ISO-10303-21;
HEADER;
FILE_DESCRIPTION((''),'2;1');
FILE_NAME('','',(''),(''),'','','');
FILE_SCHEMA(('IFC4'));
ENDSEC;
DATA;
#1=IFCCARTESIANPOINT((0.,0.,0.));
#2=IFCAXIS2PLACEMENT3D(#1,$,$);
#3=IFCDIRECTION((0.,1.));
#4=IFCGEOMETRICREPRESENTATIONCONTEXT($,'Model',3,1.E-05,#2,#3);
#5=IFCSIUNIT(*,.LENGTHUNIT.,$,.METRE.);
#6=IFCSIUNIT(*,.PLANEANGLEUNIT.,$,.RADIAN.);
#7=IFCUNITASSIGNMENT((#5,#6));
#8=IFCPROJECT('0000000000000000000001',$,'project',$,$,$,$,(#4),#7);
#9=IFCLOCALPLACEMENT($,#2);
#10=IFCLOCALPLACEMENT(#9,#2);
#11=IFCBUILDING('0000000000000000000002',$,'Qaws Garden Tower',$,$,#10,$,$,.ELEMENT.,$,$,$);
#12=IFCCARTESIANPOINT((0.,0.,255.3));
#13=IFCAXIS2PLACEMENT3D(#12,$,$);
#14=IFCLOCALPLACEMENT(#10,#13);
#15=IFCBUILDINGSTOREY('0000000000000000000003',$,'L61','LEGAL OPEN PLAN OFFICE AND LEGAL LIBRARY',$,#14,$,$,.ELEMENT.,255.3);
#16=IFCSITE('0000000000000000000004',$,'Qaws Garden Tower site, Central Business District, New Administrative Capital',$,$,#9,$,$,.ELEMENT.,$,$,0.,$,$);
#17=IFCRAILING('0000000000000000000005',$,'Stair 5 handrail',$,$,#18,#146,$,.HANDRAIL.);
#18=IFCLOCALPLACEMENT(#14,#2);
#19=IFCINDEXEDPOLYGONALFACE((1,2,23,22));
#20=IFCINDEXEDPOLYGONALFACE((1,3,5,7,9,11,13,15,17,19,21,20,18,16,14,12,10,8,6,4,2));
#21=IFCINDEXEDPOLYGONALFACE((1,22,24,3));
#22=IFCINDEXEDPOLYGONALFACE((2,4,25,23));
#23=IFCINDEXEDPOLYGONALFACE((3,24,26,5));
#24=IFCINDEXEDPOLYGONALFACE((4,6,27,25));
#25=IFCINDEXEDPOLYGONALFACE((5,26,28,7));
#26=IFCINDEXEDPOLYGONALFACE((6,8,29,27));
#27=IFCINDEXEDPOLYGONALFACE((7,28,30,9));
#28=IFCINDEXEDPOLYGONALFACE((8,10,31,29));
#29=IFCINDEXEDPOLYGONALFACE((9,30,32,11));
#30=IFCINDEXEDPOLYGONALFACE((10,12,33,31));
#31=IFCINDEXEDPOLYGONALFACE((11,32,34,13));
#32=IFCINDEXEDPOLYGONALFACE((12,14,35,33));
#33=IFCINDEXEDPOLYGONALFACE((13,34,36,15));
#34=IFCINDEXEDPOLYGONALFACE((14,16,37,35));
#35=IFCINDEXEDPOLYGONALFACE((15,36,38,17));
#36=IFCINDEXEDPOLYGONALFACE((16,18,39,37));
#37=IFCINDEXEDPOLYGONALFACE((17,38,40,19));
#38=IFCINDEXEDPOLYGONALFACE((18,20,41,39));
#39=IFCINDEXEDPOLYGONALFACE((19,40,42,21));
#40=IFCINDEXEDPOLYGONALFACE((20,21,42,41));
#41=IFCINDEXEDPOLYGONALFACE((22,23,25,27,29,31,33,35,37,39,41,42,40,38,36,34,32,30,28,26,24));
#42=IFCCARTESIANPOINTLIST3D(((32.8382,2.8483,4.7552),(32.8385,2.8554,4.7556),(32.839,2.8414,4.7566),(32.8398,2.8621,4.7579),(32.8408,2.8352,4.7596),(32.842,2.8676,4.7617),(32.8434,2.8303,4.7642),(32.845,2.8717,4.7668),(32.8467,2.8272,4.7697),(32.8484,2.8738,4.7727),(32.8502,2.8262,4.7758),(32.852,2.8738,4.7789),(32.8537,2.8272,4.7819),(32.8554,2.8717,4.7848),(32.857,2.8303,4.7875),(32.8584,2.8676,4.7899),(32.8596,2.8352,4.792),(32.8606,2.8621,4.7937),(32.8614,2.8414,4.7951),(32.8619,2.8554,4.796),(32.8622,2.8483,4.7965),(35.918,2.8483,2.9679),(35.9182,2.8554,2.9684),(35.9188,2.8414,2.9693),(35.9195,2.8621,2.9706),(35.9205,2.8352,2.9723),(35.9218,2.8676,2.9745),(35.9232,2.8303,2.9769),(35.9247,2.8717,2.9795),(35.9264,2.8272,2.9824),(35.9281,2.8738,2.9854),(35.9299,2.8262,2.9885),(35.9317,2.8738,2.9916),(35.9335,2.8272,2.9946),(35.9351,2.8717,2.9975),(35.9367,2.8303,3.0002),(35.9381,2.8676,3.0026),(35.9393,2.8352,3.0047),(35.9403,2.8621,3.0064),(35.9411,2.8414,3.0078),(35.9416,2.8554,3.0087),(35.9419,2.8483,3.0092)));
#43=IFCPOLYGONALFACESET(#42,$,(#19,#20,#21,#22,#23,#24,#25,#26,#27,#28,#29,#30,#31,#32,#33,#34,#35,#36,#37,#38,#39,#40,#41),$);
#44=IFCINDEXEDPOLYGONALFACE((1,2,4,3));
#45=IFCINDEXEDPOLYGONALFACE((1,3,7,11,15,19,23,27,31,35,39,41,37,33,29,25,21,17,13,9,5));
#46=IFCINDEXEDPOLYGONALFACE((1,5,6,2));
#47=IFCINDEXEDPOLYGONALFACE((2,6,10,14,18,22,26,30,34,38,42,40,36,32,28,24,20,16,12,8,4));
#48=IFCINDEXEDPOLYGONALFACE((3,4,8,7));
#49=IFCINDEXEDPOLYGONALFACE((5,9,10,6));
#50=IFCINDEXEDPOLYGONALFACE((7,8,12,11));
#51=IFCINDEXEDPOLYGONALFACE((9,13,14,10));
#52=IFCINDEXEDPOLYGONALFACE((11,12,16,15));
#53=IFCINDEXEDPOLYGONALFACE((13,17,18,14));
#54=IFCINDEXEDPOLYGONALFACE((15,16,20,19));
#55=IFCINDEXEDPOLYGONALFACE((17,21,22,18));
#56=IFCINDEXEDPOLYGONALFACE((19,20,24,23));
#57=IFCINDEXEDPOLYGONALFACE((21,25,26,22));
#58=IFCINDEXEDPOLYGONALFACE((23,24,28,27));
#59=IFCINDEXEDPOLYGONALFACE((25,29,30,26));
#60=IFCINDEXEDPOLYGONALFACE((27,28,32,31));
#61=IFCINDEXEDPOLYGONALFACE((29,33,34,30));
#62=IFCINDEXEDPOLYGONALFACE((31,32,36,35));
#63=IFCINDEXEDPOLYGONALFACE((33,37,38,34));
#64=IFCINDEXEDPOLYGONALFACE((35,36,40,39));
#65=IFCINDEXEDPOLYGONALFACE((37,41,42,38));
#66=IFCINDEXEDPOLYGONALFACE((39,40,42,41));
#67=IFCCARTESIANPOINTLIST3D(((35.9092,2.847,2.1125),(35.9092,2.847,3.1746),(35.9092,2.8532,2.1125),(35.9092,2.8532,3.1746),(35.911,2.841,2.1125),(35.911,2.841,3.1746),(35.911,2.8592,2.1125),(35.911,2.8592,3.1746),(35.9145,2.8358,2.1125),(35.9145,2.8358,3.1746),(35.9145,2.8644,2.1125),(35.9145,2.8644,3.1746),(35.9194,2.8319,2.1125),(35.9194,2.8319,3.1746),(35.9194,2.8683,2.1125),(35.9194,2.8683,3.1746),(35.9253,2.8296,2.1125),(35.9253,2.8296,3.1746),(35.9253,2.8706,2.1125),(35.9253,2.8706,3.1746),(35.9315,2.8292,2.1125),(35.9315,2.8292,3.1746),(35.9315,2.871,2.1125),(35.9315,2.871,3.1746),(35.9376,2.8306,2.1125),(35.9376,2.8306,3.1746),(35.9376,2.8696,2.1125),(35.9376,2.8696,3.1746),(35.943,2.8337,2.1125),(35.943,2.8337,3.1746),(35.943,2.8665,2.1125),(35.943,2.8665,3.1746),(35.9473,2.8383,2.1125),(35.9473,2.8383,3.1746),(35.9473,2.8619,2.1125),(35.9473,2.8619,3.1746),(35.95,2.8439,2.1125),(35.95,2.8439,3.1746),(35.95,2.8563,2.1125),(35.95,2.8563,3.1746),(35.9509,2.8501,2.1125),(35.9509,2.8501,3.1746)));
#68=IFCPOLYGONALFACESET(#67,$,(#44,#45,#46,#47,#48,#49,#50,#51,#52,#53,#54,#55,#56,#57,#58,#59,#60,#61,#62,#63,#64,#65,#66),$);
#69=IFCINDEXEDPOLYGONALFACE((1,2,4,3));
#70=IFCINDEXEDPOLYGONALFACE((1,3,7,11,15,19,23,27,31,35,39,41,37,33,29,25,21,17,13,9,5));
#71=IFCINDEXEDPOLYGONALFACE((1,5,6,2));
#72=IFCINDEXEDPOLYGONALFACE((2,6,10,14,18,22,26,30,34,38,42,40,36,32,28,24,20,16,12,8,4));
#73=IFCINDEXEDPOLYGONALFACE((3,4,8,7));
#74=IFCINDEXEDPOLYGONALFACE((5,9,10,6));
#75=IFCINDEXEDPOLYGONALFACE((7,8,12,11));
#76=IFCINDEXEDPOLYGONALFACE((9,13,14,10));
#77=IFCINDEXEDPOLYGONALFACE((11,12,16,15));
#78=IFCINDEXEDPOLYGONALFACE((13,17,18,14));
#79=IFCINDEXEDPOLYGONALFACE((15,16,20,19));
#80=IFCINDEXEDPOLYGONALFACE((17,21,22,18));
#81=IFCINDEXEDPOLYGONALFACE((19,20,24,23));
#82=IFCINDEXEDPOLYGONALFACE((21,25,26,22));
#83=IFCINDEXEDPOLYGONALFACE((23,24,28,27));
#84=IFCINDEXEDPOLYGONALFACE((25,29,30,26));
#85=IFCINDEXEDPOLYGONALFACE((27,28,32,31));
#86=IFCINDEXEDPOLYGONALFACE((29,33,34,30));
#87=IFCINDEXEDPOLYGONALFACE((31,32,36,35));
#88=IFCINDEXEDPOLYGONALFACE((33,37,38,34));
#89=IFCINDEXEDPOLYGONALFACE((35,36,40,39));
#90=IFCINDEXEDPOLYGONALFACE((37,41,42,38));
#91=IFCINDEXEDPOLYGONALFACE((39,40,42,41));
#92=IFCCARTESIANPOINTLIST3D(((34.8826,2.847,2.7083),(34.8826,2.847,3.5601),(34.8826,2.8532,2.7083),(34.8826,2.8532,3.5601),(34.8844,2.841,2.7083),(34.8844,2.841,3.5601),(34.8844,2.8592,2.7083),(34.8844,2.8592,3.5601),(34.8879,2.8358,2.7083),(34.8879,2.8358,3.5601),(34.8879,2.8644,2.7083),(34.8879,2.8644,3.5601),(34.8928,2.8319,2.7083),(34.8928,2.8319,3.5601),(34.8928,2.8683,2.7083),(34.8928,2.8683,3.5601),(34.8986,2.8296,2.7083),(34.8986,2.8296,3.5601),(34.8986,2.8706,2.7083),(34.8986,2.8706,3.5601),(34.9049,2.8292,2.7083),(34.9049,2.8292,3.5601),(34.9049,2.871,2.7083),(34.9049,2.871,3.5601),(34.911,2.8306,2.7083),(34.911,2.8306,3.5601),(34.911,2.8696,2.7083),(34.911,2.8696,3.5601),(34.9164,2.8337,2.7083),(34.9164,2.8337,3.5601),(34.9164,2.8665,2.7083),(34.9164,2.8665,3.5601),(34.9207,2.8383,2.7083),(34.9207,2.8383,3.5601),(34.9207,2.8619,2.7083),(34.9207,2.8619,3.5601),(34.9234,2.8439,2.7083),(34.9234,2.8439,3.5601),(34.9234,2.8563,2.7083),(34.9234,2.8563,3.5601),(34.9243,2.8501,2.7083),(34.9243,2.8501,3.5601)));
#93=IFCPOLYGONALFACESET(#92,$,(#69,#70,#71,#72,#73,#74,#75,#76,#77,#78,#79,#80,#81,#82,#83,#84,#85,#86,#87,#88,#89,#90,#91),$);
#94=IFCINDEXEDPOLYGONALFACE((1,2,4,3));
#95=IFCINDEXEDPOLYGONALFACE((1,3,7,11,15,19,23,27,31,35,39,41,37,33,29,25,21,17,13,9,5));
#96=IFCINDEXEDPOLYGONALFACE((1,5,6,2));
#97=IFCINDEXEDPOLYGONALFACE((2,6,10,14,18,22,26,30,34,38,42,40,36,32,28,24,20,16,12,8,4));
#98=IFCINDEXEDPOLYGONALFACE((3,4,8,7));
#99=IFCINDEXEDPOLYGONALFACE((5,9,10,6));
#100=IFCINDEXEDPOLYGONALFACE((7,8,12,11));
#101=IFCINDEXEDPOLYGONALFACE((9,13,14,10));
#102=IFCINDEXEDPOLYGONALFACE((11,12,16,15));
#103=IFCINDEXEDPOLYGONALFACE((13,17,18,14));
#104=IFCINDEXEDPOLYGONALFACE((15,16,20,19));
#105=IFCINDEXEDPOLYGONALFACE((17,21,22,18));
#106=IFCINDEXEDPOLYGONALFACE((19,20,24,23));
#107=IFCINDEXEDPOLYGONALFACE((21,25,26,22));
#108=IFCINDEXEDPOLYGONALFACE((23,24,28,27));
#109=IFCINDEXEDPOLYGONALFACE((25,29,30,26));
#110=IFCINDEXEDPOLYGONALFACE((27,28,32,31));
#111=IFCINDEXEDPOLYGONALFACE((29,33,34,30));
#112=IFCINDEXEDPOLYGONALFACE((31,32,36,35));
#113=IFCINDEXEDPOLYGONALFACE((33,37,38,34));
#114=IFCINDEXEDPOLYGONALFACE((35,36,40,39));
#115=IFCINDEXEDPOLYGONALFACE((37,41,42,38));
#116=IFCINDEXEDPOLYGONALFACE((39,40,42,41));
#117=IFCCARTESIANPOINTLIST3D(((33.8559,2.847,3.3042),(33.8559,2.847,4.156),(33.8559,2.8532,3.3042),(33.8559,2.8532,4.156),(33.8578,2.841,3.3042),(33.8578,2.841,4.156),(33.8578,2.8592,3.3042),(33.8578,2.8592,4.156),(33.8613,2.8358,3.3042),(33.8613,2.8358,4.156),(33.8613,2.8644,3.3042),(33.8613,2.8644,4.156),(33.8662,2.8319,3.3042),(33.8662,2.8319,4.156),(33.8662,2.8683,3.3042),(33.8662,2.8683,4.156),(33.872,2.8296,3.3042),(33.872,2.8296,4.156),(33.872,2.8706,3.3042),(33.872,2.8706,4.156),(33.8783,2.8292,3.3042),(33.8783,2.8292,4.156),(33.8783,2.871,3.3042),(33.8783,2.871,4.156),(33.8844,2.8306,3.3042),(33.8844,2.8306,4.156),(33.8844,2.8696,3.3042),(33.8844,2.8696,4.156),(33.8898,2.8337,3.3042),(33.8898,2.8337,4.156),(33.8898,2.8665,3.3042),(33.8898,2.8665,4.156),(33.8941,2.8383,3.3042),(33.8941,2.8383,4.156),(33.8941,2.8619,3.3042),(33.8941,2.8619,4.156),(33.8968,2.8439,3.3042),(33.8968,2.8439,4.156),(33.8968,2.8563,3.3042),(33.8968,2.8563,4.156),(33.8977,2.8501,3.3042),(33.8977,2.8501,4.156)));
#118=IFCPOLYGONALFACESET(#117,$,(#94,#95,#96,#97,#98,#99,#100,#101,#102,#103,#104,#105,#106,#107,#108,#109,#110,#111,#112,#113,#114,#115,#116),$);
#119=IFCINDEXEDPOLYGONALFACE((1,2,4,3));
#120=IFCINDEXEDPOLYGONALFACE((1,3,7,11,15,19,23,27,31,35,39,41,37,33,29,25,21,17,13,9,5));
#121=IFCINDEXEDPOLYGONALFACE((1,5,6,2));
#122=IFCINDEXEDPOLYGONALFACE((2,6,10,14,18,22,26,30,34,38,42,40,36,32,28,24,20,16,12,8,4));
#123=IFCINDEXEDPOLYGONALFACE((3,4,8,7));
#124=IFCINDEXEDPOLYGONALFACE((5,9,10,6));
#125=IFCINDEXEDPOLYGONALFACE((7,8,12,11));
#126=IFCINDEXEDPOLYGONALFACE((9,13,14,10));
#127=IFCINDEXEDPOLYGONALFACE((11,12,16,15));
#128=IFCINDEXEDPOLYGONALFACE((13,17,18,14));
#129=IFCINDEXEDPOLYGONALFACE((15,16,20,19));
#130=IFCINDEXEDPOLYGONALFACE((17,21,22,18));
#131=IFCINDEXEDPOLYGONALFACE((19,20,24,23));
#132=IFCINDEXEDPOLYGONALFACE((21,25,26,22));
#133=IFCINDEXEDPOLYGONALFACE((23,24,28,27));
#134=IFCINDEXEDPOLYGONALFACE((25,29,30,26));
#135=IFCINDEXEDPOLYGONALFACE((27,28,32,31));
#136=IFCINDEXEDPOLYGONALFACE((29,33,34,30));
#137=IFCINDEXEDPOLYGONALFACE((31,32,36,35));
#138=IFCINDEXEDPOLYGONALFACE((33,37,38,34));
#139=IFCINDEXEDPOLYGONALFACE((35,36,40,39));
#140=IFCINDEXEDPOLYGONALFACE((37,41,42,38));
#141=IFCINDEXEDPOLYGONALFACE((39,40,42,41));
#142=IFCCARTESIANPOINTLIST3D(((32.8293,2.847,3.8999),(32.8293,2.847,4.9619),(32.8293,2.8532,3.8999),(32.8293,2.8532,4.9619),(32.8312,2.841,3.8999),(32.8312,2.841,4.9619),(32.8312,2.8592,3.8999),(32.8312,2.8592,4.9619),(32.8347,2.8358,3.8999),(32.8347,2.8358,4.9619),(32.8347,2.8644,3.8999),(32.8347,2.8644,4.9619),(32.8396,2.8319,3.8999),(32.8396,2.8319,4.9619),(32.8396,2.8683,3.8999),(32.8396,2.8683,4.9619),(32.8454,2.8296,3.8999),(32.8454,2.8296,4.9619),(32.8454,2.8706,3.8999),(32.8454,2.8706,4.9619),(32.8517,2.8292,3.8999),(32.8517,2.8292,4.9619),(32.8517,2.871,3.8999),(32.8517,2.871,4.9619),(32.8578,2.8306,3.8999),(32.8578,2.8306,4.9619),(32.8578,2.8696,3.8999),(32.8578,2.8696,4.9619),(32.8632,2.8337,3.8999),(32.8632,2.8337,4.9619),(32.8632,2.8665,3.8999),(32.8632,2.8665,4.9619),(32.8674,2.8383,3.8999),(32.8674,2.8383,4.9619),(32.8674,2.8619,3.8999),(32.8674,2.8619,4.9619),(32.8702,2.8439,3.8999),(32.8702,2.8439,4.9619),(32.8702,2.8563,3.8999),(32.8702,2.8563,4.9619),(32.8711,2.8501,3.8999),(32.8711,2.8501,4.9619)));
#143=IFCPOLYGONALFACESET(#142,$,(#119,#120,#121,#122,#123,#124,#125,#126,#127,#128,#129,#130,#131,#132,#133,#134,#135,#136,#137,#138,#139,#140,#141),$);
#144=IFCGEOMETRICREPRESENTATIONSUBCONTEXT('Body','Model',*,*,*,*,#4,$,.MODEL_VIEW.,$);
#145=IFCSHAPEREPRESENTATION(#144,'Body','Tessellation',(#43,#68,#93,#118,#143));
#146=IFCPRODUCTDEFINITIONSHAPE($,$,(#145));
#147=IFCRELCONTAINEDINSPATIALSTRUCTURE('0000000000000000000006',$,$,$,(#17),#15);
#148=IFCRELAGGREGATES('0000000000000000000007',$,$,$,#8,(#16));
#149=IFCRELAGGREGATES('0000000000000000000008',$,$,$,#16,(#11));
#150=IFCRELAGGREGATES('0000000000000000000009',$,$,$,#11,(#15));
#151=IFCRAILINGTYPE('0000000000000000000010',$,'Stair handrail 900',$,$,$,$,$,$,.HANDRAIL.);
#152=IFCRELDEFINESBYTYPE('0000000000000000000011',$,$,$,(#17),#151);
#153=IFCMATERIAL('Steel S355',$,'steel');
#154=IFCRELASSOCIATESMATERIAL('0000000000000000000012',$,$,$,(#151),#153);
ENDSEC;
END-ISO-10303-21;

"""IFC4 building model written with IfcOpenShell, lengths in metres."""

from ifc_helpers import new_model, si_unit, direction, frame, origin, origin_2d, place, context, subcontext, project, spatial, circle, extrude, material, type_object, element, save


model = new_model("IFC4")

# Units and contexts
model_context = context("Model", 3, precision=1e-05, world=origin(), true_north=direction((0.0, 1.0)))
body_context = subcontext(model_context, "Body", "Model", "MODEL_VIEW")
ifc_project = project(units=[si_unit("LENGTHUNIT", "METRE"), si_unit("PLANEANGLEUNIT", "RADIAN")], contexts=[model_context])

# Site, building, storey
site_placement = place(None, origin())
site = spatial("IfcSite", under=ifc_project, at=site_placement, Name="Qaws Garden Tower site, Central Business District, New Administrative Capital", CompositionType="ELEMENT", RefElevation=0.0)
building_placement = place(site_placement, origin())
building = spatial("IfcBuilding", under=site, at=building_placement, Name="Qaws Garden Tower", CompositionType="ELEMENT")
storey_placement = place(building_placement, frame((0.0, 0.0, 255.3)))
storey = spatial("IfcBuildingStorey", under=building, at=storey_placement, Name="L61", Description="LEGAL OPEN PLAN OFFICE AND LEGAL LIBRARY", CompositionType="ELEMENT", Elevation=255.3)

# Railing
ifc_material_1 = material(Name="Steel S355", Category="steel")
railing_type = type_object("IfcRailingType", Name="Stair handrail 900", PredefinedType="HANDRAIL", material=ifc_material_1)
railing_1_placement = place(storey_placement, frame((35.9299, 2.8501, 2.1125)))
element("IfcRailing", 1, at=railing_1_placement, inside=storey, type_object=railing_type, Name="Stair 5 handrail", PredefinedType="HANDRAIL", context=body_context, shape_type="SweptSolid", body=[
    extrude(circle(Radius=0.0239, at=origin_2d()), frame((0.0, 0.0, 0.876), z_axis=(-0.864903, 0.0, 0.501939), x_axis=(0.0, -1.0, 0.0)), (0.0, 0.0, 1.0), 3.5608),
    extrude(circle(Radius=0.021, at=origin_2d()), origin(), (0.0, 0.0, 1.0), 1.062),
    extrude(circle(Radius=0.021, at=origin_2d()), frame((-1.0266, 0.0, 0.5957)), (0.0, 0.0, 1.0), 0.8518),
    extrude(circle(Radius=0.021, at=origin_2d()), frame((-2.0532, 0.0, 1.1917)), (0.0, 0.0, 1.0), 0.8518),
    extrude(circle(Radius=0.021, at=origin_2d()), frame((-3.0798, 0.0, 1.7874)), (0.0, 0.0, 1.0), 1.062),
])

save(model, "model.ifc")
